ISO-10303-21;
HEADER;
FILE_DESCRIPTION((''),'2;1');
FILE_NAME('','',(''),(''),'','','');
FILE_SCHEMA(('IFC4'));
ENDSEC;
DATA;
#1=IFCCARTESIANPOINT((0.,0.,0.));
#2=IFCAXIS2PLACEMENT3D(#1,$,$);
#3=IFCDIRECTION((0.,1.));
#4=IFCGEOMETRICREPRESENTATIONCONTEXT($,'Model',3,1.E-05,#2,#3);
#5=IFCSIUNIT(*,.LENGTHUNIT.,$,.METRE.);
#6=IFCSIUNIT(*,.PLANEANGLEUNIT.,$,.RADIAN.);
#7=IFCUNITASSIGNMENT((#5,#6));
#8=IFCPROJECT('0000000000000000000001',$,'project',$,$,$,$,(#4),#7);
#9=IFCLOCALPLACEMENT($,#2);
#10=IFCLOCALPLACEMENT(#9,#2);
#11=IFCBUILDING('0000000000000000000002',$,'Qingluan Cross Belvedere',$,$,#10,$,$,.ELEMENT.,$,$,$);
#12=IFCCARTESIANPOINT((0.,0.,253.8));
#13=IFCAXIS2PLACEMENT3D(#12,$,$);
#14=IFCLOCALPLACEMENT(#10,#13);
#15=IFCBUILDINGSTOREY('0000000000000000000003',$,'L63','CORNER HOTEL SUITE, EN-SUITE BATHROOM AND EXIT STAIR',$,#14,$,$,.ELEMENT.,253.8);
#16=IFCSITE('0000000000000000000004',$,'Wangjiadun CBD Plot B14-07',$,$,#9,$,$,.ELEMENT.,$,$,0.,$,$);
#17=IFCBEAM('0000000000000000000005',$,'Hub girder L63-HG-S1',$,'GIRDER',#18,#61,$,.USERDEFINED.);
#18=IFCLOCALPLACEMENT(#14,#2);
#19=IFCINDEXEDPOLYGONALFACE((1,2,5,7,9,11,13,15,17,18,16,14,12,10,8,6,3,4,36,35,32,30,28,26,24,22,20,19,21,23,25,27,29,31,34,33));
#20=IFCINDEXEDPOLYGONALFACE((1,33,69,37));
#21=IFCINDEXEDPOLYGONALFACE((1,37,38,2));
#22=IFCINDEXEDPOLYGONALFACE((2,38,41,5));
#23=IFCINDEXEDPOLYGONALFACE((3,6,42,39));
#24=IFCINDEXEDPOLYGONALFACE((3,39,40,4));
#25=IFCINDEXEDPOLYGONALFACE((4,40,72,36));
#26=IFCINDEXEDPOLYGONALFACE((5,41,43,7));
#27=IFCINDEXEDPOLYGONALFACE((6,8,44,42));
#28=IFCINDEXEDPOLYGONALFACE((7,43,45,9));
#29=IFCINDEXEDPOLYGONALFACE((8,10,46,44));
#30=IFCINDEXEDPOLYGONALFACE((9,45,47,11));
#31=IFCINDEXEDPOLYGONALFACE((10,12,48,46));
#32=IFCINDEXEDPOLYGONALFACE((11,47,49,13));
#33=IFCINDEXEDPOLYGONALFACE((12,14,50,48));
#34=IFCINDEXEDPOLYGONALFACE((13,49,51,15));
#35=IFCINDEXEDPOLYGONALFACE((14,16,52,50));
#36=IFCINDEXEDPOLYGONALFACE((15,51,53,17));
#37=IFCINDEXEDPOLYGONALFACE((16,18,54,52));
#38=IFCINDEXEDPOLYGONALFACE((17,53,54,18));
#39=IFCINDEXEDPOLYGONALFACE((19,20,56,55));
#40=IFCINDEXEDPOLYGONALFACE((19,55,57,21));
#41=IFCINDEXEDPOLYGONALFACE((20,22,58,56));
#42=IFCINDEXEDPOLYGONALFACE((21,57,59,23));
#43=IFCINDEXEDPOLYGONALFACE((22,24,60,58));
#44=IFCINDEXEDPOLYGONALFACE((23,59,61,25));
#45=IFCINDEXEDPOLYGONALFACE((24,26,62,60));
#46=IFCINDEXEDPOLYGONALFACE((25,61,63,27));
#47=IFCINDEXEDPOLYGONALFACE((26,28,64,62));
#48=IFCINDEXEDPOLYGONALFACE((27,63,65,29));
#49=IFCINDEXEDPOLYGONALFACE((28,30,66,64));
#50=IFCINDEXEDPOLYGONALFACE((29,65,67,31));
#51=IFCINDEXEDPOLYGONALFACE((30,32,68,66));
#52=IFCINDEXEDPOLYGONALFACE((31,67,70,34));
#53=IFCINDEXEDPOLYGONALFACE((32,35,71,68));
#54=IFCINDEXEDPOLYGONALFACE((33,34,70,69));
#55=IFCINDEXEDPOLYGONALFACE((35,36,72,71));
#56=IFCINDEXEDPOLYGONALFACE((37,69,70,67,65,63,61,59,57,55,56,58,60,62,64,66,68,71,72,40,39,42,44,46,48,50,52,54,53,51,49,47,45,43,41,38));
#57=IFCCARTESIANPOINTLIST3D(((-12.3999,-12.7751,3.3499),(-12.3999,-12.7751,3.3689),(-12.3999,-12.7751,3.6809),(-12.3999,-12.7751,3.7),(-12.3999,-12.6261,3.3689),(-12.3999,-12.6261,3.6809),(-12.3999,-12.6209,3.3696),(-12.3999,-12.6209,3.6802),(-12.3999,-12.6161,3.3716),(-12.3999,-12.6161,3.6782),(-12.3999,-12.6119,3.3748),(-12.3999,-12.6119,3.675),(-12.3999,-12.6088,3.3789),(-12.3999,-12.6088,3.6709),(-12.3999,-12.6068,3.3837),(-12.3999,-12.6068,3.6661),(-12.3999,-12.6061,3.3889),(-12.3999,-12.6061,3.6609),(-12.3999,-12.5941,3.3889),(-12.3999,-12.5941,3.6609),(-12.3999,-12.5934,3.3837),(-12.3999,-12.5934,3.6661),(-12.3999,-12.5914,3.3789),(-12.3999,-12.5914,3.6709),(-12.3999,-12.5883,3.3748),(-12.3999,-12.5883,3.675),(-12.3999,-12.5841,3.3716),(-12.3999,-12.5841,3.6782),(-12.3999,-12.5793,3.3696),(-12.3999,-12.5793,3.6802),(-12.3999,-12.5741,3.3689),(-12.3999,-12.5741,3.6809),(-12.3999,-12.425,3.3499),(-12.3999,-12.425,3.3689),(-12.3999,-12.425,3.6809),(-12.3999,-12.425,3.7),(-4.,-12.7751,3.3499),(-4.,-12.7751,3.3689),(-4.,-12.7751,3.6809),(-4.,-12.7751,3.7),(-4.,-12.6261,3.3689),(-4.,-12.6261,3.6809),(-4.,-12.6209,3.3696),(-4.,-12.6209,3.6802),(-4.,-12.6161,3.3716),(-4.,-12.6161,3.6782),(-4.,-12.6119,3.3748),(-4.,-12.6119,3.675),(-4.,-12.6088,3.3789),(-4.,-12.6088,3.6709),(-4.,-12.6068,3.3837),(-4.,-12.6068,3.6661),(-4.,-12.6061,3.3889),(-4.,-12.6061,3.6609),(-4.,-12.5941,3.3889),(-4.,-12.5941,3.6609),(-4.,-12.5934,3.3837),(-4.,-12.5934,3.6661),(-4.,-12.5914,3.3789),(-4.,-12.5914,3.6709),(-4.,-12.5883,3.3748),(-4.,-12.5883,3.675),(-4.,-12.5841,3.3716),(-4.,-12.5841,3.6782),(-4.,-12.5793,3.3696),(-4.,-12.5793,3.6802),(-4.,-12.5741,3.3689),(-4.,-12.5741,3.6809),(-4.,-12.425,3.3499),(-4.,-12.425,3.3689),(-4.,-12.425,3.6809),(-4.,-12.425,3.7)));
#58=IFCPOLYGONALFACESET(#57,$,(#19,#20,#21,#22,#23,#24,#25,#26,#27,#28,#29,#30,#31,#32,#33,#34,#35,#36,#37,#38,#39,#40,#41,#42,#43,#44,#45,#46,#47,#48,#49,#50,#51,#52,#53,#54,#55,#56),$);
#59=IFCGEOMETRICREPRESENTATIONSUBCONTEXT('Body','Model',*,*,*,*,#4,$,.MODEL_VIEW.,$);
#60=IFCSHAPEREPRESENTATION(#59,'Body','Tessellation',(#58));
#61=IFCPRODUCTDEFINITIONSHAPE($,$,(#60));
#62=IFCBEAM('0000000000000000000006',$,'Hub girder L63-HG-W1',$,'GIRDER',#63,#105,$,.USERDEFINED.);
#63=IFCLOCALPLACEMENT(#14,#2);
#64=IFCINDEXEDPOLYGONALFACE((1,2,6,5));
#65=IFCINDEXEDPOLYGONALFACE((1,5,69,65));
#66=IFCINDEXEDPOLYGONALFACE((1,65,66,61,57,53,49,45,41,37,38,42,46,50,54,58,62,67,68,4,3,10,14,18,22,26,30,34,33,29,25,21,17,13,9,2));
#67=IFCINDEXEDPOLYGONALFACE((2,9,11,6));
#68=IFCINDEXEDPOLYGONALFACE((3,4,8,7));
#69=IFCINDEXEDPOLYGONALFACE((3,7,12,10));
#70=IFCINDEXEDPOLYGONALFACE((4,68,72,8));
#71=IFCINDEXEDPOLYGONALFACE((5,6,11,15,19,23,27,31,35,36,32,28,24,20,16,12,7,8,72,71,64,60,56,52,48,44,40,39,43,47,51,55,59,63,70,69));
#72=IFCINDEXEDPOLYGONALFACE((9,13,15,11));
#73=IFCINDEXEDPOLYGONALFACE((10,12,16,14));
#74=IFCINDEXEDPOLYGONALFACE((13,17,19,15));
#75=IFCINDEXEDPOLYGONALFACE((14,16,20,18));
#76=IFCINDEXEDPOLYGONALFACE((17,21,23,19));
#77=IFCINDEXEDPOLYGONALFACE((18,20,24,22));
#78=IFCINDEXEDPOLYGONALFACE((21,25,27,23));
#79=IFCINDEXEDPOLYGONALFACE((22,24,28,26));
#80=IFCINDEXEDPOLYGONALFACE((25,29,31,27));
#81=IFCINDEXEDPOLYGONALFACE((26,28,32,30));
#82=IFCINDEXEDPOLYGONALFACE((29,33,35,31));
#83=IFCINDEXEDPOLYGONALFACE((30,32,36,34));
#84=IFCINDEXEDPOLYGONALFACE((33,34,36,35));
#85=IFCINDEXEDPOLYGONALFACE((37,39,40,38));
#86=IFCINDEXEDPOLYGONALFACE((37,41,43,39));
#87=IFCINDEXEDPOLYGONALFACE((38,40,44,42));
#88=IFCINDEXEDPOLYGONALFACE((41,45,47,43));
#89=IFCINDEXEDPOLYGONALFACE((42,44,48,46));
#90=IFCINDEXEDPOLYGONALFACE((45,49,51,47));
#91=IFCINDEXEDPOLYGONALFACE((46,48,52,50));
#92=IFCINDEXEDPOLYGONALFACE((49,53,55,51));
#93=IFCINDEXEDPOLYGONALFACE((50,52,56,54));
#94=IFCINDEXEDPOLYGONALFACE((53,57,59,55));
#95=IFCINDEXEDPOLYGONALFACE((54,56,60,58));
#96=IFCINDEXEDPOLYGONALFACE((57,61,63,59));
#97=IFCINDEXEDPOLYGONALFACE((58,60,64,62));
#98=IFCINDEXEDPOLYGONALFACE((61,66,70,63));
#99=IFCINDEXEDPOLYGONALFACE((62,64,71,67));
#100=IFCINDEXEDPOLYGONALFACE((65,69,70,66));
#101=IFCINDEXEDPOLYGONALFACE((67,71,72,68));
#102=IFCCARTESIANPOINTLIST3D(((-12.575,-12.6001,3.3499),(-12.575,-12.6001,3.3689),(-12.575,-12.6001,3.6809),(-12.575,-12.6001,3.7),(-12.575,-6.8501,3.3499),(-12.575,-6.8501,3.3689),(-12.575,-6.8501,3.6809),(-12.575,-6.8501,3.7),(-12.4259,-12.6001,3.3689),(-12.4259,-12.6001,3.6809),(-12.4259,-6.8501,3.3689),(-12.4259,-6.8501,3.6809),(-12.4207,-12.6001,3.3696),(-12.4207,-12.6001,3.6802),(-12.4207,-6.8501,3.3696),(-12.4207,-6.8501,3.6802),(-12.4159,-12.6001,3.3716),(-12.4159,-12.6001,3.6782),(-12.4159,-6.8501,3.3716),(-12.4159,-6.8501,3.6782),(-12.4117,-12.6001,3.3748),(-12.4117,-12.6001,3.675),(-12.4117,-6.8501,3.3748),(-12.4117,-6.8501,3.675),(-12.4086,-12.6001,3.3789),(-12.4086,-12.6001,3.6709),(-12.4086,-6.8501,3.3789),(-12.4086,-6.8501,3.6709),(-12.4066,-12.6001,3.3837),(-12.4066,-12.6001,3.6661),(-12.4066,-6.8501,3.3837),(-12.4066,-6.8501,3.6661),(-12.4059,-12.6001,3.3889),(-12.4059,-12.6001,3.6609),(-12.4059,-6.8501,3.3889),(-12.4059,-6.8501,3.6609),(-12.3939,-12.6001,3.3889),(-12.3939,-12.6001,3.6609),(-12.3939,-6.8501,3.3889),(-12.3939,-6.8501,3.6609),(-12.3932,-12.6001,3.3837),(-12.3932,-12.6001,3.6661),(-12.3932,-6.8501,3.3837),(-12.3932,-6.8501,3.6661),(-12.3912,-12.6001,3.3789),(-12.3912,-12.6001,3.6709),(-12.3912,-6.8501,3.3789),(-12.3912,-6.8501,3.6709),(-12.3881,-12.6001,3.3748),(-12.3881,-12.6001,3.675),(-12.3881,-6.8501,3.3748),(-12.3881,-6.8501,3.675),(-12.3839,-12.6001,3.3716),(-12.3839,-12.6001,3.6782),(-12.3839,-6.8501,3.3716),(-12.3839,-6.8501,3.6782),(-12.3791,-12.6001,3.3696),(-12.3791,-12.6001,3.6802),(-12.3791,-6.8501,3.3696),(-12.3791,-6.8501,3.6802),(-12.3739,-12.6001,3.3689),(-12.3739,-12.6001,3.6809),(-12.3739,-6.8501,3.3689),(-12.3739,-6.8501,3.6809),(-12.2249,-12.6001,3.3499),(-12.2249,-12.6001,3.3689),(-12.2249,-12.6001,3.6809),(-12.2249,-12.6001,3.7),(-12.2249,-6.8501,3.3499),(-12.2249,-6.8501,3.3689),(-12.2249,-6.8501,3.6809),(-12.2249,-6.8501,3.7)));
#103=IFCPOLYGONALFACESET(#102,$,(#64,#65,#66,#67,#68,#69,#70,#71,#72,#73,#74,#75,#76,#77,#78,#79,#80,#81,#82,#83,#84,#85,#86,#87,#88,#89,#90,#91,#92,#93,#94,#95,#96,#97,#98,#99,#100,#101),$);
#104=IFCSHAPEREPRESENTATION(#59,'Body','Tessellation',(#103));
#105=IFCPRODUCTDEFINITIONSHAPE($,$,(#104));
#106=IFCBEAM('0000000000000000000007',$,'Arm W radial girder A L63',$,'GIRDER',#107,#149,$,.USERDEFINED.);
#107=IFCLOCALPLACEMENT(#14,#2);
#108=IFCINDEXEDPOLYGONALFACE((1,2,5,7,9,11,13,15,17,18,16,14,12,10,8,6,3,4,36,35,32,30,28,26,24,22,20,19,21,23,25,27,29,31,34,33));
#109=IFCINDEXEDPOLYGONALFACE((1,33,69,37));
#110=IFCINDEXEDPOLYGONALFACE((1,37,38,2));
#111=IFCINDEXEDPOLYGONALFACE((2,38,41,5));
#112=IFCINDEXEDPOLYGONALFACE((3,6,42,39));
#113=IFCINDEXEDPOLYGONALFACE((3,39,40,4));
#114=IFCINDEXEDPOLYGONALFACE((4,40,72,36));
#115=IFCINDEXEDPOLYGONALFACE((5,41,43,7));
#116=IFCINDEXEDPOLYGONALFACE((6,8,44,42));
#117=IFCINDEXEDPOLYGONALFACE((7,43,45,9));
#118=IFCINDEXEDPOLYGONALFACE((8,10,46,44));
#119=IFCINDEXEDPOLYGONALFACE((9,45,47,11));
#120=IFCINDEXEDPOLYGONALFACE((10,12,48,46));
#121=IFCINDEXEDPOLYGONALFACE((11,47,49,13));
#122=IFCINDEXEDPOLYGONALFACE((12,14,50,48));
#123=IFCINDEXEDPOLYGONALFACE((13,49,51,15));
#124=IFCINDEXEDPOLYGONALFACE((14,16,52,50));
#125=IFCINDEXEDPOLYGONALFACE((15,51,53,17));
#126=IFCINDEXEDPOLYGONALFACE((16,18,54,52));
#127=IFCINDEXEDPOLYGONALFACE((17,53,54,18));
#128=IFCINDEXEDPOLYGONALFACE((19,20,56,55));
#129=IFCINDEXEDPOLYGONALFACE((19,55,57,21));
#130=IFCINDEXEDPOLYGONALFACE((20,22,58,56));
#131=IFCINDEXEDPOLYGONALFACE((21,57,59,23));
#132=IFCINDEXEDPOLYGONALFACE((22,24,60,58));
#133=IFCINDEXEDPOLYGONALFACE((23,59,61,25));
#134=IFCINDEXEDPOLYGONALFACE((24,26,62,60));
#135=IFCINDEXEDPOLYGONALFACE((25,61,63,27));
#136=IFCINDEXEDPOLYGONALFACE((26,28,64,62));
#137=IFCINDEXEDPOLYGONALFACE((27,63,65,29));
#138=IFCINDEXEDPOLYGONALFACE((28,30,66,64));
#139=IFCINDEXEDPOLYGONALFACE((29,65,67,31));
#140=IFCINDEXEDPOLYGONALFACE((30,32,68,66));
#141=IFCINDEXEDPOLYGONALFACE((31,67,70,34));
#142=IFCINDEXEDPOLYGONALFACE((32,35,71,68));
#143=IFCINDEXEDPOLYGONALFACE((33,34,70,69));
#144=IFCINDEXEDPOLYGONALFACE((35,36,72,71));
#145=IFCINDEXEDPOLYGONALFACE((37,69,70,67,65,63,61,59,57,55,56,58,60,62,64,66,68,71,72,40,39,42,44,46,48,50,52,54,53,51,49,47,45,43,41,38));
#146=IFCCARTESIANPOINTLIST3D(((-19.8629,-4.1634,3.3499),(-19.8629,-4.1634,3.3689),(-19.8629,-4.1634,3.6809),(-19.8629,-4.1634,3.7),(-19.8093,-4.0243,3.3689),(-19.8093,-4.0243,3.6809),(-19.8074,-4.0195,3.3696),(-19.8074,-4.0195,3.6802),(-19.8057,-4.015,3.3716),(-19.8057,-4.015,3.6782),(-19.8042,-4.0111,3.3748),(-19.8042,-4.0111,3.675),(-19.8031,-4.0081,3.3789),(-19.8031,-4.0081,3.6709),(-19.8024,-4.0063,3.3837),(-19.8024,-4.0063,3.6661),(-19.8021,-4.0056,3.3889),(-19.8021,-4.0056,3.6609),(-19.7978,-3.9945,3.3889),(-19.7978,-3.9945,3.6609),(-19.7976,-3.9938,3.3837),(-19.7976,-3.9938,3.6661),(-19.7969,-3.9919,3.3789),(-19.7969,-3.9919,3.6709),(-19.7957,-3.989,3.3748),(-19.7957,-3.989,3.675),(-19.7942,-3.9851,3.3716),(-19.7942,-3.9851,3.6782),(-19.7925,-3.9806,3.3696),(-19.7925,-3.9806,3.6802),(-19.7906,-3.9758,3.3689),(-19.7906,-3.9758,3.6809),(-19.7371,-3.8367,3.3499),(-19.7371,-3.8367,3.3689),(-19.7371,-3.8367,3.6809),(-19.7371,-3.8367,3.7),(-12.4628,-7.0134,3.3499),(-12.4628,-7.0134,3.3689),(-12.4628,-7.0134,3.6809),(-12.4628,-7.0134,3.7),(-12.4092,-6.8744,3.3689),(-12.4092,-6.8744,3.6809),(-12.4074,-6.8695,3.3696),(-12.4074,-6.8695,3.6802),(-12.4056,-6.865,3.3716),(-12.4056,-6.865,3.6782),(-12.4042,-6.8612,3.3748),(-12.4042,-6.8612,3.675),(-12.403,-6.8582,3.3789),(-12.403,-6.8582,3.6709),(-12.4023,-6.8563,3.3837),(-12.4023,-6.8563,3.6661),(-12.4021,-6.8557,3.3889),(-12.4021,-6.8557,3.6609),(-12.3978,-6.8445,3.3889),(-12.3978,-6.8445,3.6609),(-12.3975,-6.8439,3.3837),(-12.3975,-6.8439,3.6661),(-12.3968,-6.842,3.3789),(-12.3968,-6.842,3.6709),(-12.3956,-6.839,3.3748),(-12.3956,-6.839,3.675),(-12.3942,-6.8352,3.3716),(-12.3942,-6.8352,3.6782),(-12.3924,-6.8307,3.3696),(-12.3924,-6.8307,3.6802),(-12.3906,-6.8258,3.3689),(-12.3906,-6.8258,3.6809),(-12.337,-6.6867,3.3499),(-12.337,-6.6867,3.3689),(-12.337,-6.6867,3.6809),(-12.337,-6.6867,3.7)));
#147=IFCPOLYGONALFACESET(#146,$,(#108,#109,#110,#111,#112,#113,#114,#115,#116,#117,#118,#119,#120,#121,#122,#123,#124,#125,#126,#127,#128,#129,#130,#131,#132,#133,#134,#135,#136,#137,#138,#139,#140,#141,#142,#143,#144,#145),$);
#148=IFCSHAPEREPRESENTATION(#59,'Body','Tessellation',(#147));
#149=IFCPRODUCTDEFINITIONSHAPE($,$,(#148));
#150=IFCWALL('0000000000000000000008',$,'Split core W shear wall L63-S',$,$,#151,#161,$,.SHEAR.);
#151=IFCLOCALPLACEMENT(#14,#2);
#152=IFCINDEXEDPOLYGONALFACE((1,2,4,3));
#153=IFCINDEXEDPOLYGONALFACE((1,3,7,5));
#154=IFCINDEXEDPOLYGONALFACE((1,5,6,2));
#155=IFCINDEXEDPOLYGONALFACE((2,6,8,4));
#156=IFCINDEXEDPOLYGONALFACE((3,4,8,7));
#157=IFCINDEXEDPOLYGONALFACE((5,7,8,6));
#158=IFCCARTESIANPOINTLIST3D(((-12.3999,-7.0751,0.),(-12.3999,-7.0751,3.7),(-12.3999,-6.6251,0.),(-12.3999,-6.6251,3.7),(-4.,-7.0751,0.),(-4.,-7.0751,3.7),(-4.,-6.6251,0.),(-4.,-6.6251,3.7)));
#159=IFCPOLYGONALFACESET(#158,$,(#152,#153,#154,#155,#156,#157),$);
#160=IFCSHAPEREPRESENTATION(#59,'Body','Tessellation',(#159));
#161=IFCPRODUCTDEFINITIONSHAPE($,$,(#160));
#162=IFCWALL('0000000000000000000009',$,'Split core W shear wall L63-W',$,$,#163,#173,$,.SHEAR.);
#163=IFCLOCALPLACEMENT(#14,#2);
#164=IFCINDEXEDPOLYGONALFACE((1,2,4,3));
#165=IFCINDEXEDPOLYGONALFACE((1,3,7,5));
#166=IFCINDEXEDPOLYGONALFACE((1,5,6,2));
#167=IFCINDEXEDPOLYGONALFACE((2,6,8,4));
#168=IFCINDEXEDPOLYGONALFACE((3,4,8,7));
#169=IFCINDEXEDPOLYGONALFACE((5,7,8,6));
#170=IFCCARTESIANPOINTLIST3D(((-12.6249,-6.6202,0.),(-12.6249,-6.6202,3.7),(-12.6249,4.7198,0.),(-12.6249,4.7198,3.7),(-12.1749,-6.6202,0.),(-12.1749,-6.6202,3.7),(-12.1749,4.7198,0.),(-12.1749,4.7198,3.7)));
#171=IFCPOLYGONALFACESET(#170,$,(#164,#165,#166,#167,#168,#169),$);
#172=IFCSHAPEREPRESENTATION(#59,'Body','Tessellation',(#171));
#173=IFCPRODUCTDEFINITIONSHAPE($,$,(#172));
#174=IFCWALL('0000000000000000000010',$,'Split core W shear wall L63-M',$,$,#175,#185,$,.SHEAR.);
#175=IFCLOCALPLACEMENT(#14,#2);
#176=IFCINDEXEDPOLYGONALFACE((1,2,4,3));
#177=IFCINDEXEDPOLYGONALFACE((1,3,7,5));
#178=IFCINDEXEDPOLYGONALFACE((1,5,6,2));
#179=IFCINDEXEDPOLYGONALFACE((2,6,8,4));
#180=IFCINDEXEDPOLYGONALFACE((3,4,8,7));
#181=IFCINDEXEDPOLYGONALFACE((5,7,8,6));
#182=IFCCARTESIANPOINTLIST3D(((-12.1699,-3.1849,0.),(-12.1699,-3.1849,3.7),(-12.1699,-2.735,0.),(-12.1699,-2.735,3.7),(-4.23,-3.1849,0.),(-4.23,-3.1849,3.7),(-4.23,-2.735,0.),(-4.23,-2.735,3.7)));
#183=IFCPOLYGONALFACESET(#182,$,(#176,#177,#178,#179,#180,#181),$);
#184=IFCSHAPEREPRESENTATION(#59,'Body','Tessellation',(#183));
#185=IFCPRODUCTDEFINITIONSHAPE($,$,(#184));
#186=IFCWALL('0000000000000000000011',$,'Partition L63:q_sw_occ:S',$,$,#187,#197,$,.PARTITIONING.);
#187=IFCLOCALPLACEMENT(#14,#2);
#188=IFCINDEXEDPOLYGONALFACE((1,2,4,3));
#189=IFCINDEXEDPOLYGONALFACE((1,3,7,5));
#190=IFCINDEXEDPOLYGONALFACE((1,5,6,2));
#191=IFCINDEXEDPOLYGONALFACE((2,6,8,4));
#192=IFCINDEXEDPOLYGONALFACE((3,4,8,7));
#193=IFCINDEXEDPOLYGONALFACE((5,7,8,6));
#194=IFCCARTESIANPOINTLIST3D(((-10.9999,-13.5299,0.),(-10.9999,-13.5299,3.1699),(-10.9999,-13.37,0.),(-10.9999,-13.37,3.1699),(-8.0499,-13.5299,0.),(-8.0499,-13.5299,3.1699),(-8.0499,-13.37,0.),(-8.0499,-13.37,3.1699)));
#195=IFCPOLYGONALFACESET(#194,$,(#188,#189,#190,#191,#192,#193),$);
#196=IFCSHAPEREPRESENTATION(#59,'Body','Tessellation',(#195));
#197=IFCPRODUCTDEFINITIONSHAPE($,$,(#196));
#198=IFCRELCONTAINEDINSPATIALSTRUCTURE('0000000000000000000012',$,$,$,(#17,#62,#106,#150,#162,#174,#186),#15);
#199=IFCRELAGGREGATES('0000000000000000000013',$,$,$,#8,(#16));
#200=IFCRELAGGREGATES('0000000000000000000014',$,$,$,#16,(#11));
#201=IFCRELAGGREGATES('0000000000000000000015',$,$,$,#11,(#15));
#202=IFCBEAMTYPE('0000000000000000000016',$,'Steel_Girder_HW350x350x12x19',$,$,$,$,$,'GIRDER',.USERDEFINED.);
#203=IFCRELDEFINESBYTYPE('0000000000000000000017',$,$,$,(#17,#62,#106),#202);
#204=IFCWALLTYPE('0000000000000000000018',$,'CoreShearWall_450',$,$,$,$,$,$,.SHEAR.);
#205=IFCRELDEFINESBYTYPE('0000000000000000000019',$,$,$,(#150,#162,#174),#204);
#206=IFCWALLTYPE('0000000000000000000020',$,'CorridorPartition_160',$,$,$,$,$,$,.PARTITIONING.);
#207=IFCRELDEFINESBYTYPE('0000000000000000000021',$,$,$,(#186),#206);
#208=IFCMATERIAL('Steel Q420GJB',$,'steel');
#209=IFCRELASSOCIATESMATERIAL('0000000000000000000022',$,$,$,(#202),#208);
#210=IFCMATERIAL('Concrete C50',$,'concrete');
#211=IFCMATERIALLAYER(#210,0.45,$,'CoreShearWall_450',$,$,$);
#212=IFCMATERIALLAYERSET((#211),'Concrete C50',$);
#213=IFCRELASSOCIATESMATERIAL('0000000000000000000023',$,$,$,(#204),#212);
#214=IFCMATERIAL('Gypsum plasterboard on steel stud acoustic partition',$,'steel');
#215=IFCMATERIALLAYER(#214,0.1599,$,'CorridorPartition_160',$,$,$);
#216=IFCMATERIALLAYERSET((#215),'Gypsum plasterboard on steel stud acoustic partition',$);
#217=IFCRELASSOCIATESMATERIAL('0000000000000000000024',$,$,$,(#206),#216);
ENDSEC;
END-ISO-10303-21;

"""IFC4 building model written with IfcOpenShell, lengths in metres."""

from ifc_helpers import new_model, si_unit, direction, frame, frame_2d, origin, origin_2d, place, context, subcontext, project, spatial, rectangle, i_section, extrude, material, layer, layer_set, material_profile, profile_set, type_object, element, save


model = new_model("IFC4")

# Units and contexts
model_context = context("Model", 3, precision=1e-05, world=origin(), true_north=direction((0.0, 1.0)))
body_context = subcontext(model_context, "Body", "Model", "MODEL_VIEW")
ifc_project = project(units=[si_unit("LENGTHUNIT", "METRE"), si_unit("PLANEANGLEUNIT", "RADIAN")], contexts=[model_context])

# Site, building, storey
site_placement = place(None, origin())
site = spatial("IfcSite", under=ifc_project, at=site_placement, Name="Wangjiadun CBD Plot B14-07", CompositionType="ELEMENT", RefElevation=0.0)
building_placement = place(site_placement, origin())
building = spatial("IfcBuilding", under=site, at=building_placement, Name="Qingluan Cross Belvedere", CompositionType="ELEMENT")
storey_placement = place(building_placement, frame((0.0, 0.0, 253.8)))
storey = spatial("IfcBuildingStorey", under=building, at=storey_placement, Name="L63", Description="CORNER HOTEL SUITE, EN-SUITE BATHROOM AND EXIT STAIR", CompositionType="ELEMENT", Elevation=253.8)

# Beams
ifc_material_1 = material(Name="Steel Q420GJB", Category="steel")
ifc_material_profile_1 = material_profile(ifc_material_1, i_section(OverallWidth=0.3501, OverallDepth=0.3501, WebThickness=0.012, FlangeThickness=0.019, FilletRadius=0.02, at=origin_2d()), Name="HW350x350x12x19")
ifc_profile_set_1 = profile_set([ifc_material_profile_1], Name="Steel Q420GJB")
beam_type_1 = type_object("IfcBeamType", Name="Steel_Girder_HW350x350x12x19", ElementType="GIRDER", PredefinedType="USERDEFINED", material=ifc_profile_set_1)
beam_1_placement = place(storey_placement, frame((-12.3999, -12.6001, 3.5249), z_axis=(1.0, 0.0, 0.0), x_axis=(0.0, 1.0, 0.0)))
element("IfcBeam", 1, at=beam_1_placement, inside=storey, type_object=beam_type_1, Name="Hub girder L63-HG-S1", ObjectType="GIRDER", PredefinedType="USERDEFINED", context=body_context, shape_type="SweptSolid", body=[
    extrude(i_section(OverallWidth=0.3501, OverallDepth=0.3501, WebThickness=0.012, FlangeThickness=0.019, FilletRadius=0.02, at=origin_2d()), origin(), (0.0, 0.0, 1.0), 8.3999),
])
beam_2_placement = place(storey_placement, frame((-12.3999, -12.6001, 3.5249), z_axis=(0.0, 1.0, 0.0), x_axis=(-1.0, 0.0, 0.0)))
element("IfcBeam", 2, at=beam_2_placement, inside=storey, type_object=beam_type_1, Name="Hub girder L63-HG-W1", ObjectType="GIRDER", PredefinedType="USERDEFINED", context=body_context, shape_type="SweptSolid", body=[
    extrude(i_section(OverallWidth=0.3501, OverallDepth=0.3501, WebThickness=0.012, FlangeThickness=0.019, FilletRadius=0.02, at=origin_2d()), origin(), (0.0, 0.0, 1.0), 5.75),
])
beam_3_placement = place(storey_placement, frame((-12.3999, -6.8501, 3.5249), z_axis=(-0.933181, 0.359406, 0.0), x_axis=(-0.359406, -0.933181, 0.0)))
element("IfcBeam", 3, at=beam_3_placement, inside=storey, type_object=beam_type_1, Name="Arm W radial girder A L63", ObjectType="GIRDER", PredefinedType="USERDEFINED", context=body_context, shape_type="SweptSolid", body=[
    extrude(i_section(OverallWidth=0.3501, OverallDepth=0.3501, WebThickness=0.012, FlangeThickness=0.019, FilletRadius=0.02, at=origin_2d()), origin(), (0.0, 0.0, 1.0), 7.9299),
])

# Walls
ifc_material_2 = material(Name="Concrete C50", Category="concrete")
ifc_layer_1 = layer(ifc_material_2, 0.45, Name="CoreShearWall_450")
ifc_layer_set_1 = layer_set([ifc_layer_1], Name="Concrete C50")
wall_type_1 = type_object("IfcWallType", Name="CoreShearWall_450", PredefinedType="SHEAR", material=ifc_layer_set_1)
wall_1_placement = place(storey_placement, frame((-12.3999, -6.8501, 0.0), z_axis=(0.0, 0.0, 1.0), x_axis=(1.0, 0.0, 0.0)))
element("IfcWall", 4, at=wall_1_placement, inside=storey, type_object=wall_type_1, Name="Split core W shear wall L63-S", PredefinedType="SHEAR", context=body_context, shape_type="SweptSolid", body=[
    extrude(rectangle(XDim=8.3999, YDim=0.45, at=frame_2d((4.2, 0.0))), origin(), (0.0, 0.0, 1.0), 3.7),
])
wall_2_placement = place(storey_placement, frame((-12.3999, -6.6201, 0.0), z_axis=(0.0, 0.0, 1.0), x_axis=(0.0, 1.0, 0.0)))
element("IfcWall", 5, at=wall_2_placement, inside=storey, type_object=wall_type_1, Name="Split core W shear wall L63-W", PredefinedType="SHEAR", context=body_context, shape_type="SweptSolid", body=[
    extrude(rectangle(XDim=11.3401, YDim=0.45, at=frame_2d((5.6699, 0.0))), origin(), (0.0, 0.0, 1.0), 3.7),
])
wall_3_placement = place(storey_placement, frame((-12.1699, -2.96, 0.0), z_axis=(0.0, 0.0, 1.0), x_axis=(1.0, 0.0, 0.0)))
element("IfcWall", 6, at=wall_3_placement, inside=storey, type_object=wall_type_1, Name="Split core W shear wall L63-M", PredefinedType="SHEAR", context=body_context, shape_type="SweptSolid", body=[
    extrude(rectangle(XDim=7.9399, YDim=0.45, at=frame_2d((3.97, 0.0))), origin(), (0.0, 0.0, 1.0), 3.7),
])
ifc_material_3 = material(Name="Gypsum plasterboard on steel stud acoustic partition", Category="steel")
ifc_layer_2 = layer(ifc_material_3, 0.1599, Name="CorridorPartition_160")
ifc_layer_set_2 = layer_set([ifc_layer_2], Name="Gypsum plasterboard on steel stud acoustic partition")
wall_type_2 = type_object("IfcWallType", Name="CorridorPartition_160", PredefinedType="PARTITIONING", material=ifc_layer_set_2)
wall_4_placement = place(storey_placement, frame((-11.0, -13.45, 0.0), z_axis=(0.0, 0.0, 1.0), x_axis=(1.0, 0.0, 0.0)))
element("IfcWall", 7, at=wall_4_placement, inside=storey, type_object=wall_type_2, Name="Partition L63:q_sw_occ:S", PredefinedType="PARTITIONING", context=body_context, shape_type="SweptSolid", body=[
    extrude(rectangle(XDim=2.95, YDim=0.1599, at=frame_2d((1.4751, 0.0))), origin(), (0.0, 0.0, 1.0), 3.1699),
])

save(model, "model.ifc")
